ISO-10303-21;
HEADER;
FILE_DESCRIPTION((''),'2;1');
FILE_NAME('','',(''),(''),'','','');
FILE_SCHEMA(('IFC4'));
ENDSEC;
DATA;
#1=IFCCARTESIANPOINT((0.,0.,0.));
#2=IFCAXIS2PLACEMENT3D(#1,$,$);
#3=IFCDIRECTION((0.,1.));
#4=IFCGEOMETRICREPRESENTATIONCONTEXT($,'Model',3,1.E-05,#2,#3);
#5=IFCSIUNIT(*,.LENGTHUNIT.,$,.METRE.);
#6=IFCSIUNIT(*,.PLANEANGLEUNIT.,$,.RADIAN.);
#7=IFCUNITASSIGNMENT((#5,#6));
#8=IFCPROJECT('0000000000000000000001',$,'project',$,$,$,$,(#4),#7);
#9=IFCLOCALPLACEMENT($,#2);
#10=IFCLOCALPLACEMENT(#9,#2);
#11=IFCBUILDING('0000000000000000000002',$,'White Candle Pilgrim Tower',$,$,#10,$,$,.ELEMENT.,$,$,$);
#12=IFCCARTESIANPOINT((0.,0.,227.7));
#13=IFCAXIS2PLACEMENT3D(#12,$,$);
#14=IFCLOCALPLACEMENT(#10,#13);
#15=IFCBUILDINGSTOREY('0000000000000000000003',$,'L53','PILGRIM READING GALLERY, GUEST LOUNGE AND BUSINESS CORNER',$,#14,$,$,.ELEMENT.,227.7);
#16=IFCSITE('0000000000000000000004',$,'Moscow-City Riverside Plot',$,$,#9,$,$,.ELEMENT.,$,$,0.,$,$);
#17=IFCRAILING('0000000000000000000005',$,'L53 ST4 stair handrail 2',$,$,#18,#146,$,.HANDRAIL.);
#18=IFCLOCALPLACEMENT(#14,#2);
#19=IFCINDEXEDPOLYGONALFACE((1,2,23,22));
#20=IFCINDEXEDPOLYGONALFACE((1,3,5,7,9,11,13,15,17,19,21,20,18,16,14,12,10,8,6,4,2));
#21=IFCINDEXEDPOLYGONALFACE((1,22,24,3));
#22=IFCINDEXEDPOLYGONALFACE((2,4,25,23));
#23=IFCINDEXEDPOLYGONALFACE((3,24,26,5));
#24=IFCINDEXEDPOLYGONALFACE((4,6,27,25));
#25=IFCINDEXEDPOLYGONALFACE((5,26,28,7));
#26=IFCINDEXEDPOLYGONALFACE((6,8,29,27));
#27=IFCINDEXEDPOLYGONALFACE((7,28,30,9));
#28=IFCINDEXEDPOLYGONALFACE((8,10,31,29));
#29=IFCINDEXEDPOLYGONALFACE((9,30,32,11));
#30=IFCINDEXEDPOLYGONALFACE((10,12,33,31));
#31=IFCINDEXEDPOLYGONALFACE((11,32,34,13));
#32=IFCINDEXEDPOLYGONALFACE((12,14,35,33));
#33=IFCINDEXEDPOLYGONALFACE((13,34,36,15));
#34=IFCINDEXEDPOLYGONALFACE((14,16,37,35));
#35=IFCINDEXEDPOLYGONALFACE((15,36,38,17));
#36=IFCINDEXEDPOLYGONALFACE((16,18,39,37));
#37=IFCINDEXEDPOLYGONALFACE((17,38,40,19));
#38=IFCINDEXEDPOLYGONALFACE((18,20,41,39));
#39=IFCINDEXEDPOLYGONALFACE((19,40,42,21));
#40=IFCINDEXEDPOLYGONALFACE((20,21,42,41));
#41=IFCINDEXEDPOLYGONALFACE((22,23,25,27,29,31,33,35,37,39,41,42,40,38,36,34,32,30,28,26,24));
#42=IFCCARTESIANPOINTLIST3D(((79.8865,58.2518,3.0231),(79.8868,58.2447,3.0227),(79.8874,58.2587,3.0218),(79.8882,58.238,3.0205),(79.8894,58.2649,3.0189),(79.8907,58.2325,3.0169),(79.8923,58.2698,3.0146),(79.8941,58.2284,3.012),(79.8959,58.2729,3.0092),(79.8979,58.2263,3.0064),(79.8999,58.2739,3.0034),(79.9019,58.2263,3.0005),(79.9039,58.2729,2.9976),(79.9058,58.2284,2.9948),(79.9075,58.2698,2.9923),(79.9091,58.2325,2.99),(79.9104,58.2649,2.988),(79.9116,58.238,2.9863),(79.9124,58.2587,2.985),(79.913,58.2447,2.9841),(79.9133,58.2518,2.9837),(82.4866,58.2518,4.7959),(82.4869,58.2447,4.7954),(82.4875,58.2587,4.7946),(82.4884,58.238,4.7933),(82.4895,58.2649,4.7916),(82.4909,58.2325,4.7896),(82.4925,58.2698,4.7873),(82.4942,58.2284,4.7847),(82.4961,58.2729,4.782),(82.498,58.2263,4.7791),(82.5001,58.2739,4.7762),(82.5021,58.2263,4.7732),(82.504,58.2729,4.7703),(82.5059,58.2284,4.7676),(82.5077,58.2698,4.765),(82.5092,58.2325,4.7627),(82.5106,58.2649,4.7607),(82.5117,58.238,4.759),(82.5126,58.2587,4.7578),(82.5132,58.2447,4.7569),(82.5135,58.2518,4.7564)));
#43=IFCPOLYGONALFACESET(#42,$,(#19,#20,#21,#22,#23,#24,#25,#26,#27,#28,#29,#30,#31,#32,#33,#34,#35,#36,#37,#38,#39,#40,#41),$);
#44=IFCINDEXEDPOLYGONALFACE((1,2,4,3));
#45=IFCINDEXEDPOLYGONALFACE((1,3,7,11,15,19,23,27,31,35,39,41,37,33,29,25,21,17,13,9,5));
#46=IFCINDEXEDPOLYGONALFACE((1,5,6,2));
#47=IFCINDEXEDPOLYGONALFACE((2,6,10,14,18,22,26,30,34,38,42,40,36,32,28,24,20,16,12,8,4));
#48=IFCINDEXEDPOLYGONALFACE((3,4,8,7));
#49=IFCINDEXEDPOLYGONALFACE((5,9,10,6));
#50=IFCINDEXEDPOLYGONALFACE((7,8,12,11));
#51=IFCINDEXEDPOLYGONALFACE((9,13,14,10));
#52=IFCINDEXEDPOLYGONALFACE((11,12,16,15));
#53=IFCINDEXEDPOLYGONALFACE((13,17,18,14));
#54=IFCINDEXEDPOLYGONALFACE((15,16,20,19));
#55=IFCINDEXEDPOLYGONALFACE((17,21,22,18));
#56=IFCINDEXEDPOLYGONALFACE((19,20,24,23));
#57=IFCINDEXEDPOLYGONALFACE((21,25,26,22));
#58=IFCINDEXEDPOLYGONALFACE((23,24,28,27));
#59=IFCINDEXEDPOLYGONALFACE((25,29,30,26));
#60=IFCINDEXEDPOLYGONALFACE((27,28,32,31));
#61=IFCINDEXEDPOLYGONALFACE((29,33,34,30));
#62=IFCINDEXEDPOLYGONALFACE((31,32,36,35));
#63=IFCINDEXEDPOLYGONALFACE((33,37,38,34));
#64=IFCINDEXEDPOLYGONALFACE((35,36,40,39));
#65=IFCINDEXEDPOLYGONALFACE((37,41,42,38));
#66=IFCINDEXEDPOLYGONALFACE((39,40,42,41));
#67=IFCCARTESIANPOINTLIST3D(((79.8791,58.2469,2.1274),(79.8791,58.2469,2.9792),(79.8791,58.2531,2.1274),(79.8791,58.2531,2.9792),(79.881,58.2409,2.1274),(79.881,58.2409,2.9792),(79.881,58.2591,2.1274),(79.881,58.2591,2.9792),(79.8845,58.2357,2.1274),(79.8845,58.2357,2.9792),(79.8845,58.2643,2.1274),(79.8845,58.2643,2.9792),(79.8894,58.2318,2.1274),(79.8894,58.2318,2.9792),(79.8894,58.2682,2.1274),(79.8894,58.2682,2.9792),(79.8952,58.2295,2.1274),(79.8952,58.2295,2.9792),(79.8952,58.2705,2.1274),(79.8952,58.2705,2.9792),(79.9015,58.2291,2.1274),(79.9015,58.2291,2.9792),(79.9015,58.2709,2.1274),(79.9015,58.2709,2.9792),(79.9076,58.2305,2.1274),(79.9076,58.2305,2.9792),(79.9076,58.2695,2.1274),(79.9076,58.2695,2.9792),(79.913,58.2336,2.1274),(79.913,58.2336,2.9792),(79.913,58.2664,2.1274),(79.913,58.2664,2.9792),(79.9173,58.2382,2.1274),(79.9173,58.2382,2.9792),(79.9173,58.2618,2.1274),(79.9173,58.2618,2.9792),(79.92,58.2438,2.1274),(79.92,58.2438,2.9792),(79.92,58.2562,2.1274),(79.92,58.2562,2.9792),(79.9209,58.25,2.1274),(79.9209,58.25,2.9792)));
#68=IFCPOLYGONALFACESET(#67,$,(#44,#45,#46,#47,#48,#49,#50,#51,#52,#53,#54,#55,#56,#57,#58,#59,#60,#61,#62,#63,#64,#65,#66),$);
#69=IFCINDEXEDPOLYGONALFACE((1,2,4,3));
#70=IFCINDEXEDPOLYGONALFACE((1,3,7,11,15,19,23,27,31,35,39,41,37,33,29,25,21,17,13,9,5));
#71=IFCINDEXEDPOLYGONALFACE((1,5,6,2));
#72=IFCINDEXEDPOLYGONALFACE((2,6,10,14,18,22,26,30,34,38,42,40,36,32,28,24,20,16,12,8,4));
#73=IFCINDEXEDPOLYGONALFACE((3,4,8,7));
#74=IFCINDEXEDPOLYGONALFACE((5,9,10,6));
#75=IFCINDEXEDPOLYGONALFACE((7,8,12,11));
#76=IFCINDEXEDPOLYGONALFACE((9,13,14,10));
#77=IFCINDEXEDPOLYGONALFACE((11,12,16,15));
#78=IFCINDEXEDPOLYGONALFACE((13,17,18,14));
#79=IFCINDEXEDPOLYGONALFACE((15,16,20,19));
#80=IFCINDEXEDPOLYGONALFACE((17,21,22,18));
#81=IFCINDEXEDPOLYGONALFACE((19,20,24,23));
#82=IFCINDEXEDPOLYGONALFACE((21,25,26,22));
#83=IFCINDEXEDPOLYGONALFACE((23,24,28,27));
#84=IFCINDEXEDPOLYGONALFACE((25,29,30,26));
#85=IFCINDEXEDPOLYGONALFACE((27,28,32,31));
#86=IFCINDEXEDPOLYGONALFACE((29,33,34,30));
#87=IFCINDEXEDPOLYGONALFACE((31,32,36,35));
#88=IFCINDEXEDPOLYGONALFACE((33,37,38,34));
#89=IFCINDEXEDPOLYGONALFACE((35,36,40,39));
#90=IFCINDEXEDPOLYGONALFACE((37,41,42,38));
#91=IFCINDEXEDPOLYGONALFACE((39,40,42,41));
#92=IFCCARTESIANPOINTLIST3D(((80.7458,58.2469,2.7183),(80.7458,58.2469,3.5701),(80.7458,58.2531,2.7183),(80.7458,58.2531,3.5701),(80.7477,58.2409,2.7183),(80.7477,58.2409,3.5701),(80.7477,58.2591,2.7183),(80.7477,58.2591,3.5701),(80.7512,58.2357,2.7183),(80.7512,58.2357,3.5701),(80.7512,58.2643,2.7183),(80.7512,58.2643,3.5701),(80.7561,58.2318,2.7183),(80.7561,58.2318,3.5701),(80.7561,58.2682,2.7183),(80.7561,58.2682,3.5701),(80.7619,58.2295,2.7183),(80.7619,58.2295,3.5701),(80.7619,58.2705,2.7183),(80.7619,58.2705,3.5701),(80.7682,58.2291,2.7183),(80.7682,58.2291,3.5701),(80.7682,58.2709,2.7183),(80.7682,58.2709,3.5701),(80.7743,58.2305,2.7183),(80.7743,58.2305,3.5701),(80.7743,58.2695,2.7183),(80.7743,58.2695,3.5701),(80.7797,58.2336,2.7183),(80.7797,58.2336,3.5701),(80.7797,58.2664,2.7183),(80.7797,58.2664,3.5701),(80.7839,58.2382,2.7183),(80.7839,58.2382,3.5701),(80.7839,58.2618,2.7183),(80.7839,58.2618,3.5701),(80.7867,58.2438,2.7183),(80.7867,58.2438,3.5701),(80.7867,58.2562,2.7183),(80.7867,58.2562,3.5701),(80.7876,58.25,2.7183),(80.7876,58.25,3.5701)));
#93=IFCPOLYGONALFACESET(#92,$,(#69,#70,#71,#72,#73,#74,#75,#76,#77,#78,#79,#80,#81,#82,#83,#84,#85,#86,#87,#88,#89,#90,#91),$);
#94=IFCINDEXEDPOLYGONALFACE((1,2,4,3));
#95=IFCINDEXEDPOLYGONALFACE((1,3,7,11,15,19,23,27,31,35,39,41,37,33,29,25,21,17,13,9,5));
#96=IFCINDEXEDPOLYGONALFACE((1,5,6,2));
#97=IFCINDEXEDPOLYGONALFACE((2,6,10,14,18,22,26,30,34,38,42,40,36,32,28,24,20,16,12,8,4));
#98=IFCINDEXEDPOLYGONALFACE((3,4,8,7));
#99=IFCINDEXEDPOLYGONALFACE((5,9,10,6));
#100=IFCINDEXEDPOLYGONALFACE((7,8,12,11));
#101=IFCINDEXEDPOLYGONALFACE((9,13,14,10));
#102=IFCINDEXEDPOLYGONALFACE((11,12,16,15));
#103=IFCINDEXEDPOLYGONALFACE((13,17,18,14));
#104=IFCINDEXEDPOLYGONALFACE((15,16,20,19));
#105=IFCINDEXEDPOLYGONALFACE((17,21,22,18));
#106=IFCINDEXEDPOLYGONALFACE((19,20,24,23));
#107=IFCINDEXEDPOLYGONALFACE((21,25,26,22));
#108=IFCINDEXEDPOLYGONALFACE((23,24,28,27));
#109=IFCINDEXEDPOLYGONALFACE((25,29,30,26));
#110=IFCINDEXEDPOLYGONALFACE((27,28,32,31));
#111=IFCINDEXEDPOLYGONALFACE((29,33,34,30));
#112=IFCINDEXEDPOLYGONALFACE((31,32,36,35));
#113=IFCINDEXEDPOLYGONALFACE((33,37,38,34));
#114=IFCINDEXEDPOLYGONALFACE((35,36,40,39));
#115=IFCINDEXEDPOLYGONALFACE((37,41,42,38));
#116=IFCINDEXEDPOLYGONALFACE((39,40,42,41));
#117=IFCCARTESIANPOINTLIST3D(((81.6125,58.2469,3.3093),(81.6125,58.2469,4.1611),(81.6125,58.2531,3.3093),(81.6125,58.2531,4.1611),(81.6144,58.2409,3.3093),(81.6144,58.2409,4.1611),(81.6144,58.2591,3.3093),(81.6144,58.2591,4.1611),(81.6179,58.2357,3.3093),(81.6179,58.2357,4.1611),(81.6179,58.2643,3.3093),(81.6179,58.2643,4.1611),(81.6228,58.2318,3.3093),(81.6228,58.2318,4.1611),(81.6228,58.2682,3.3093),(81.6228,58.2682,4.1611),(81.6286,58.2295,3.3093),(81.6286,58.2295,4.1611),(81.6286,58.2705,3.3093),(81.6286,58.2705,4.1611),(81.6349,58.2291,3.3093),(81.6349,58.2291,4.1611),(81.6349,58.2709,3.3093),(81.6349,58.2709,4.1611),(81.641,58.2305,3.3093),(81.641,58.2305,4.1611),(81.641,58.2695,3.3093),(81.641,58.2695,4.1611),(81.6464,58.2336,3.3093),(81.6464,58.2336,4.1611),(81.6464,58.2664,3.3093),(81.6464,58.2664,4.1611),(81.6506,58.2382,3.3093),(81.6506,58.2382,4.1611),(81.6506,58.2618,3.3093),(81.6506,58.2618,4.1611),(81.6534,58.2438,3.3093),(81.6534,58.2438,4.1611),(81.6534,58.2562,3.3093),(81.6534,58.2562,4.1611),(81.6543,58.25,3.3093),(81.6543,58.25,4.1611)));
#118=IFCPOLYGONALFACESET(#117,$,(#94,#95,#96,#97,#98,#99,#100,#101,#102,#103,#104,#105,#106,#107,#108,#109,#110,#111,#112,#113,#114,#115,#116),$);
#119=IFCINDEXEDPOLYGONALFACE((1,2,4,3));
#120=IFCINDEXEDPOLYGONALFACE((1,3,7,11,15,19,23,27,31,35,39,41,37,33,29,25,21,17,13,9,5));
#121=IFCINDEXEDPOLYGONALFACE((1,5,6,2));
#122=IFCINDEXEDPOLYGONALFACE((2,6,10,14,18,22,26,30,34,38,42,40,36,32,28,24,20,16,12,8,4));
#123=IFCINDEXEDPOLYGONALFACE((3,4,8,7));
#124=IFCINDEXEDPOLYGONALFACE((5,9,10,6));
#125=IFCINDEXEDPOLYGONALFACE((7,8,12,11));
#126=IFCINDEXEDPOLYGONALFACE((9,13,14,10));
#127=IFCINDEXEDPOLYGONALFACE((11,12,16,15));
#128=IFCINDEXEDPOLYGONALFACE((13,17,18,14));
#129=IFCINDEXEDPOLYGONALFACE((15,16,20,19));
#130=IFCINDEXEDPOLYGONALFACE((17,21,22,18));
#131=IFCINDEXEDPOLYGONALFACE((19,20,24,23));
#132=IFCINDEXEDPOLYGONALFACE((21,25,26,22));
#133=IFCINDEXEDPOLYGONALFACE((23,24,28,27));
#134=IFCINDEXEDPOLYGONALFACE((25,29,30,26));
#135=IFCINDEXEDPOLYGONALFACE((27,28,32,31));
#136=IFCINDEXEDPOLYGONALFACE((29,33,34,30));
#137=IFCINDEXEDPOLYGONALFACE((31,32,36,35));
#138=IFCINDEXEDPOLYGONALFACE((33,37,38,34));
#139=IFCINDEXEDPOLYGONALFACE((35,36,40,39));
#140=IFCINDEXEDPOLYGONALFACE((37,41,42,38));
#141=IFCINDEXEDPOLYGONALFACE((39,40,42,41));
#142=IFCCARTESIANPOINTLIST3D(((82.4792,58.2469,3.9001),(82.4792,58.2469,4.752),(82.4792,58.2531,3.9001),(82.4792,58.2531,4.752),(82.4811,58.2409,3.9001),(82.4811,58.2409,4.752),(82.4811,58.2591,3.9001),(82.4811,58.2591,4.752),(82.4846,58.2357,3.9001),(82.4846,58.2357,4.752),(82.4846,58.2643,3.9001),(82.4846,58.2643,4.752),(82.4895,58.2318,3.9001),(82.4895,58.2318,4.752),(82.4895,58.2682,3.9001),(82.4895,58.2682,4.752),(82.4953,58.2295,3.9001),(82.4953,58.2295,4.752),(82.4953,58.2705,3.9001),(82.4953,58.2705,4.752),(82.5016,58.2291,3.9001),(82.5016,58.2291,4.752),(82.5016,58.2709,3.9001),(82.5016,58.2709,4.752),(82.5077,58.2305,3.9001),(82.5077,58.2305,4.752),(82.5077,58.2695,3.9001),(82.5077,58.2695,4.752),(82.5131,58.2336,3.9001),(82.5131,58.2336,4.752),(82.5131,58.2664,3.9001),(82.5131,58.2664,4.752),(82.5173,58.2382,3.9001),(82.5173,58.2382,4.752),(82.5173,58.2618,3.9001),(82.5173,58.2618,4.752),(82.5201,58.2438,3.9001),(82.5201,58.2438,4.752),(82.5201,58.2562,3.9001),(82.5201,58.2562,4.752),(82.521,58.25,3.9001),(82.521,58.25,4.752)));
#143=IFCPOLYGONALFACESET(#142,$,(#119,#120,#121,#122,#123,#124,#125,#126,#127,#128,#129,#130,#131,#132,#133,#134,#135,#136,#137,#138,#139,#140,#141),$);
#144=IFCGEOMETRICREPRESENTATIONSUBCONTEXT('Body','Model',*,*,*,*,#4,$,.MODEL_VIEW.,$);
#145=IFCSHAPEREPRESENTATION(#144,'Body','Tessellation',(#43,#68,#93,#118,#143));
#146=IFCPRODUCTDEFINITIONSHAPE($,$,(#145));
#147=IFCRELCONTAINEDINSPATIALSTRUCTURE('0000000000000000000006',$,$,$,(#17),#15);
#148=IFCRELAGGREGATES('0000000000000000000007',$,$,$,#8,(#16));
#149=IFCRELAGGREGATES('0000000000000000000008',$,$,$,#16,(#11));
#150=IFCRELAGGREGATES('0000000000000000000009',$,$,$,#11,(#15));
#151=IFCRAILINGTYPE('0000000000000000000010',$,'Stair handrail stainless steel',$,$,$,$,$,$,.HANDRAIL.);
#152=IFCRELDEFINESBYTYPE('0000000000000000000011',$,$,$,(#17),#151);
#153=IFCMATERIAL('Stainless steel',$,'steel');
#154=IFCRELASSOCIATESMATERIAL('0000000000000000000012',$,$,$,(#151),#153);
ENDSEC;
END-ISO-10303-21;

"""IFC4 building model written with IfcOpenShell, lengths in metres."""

from ifc_helpers import new_model, si_unit, direction, frame, origin, origin_2d, place, context, subcontext, project, spatial, circle, extrude, material, type_object, element, save


model = new_model("IFC4")

# Units and contexts
model_context = context("Model", 3, precision=1e-05, world=origin(), true_north=direction((0.0, 1.0)))
body_context = subcontext(model_context, "Body", "Model", "MODEL_VIEW")
ifc_project = project(units=[si_unit("LENGTHUNIT", "METRE"), si_unit("PLANEANGLEUNIT", "RADIAN")], contexts=[model_context])

# Site, building, storey
site_placement = place(None, origin())
site = spatial("IfcSite", under=ifc_project, at=site_placement, Name="Moscow-City Riverside Plot", CompositionType="ELEMENT", RefElevation=0.0)
building_placement = place(site_placement, origin())
building = spatial("IfcBuilding", under=site, at=building_placement, Name="White Candle Pilgrim Tower", CompositionType="ELEMENT")
storey_placement = place(building_placement, frame((0.0, 0.0, 227.7)))
storey = spatial("IfcBuildingStorey", under=building, at=storey_placement, Name="L53", Description="PILGRIM READING GALLERY, GUEST LOUNGE AND BUSINESS CORNER", CompositionType="ELEMENT", Elevation=227.7)

# Railing
ifc_material_1 = material(Name="Stainless steel", Category="steel")
railing_type_1 = type_object("IfcRailingType", Name="Stair handrail stainless steel", PredefinedType="HANDRAIL", material=ifc_material_1)
railing_1_placement = place(storey_placement, frame((79.8999, 58.25, 2.1274)))
element("IfcRailing", 1, at=railing_1_placement, inside=storey, type_object=railing_type_1, Name="L53 ST4 stair handrail 2", PredefinedType="HANDRAIL", context=body_context, shape_type="SweptSolid", body=[
    extrude(circle(Radius=0.0239, at=origin_2d()), frame((0.0, 0.0, 0.876), z_axis=(0.82624, 0.0, 0.563318), x_axis=(0.0, 1.0, 0.0)), (0.0, 0.0, 1.0), 3.147),
    extrude(circle(Radius=0.021, at=origin_2d()), origin(), (0.0, 0.0, 1.0), 0.8518),
    extrude(circle(Radius=0.021, at=origin_2d()), frame((0.8667, 0.0, 0.5908)), (0.0, 0.0, 1.0), 0.8518),
    extrude(circle(Radius=0.021, at=origin_2d()), frame((1.7334, 0.0, 1.1819)), (0.0, 0.0, 1.0), 0.8518),
    extrude(circle(Radius=0.021, at=origin_2d()), frame((2.6001, 0.0, 1.7727)), (0.0, 0.0, 1.0), 0.8518),
])

save(model, "model.ifc")
